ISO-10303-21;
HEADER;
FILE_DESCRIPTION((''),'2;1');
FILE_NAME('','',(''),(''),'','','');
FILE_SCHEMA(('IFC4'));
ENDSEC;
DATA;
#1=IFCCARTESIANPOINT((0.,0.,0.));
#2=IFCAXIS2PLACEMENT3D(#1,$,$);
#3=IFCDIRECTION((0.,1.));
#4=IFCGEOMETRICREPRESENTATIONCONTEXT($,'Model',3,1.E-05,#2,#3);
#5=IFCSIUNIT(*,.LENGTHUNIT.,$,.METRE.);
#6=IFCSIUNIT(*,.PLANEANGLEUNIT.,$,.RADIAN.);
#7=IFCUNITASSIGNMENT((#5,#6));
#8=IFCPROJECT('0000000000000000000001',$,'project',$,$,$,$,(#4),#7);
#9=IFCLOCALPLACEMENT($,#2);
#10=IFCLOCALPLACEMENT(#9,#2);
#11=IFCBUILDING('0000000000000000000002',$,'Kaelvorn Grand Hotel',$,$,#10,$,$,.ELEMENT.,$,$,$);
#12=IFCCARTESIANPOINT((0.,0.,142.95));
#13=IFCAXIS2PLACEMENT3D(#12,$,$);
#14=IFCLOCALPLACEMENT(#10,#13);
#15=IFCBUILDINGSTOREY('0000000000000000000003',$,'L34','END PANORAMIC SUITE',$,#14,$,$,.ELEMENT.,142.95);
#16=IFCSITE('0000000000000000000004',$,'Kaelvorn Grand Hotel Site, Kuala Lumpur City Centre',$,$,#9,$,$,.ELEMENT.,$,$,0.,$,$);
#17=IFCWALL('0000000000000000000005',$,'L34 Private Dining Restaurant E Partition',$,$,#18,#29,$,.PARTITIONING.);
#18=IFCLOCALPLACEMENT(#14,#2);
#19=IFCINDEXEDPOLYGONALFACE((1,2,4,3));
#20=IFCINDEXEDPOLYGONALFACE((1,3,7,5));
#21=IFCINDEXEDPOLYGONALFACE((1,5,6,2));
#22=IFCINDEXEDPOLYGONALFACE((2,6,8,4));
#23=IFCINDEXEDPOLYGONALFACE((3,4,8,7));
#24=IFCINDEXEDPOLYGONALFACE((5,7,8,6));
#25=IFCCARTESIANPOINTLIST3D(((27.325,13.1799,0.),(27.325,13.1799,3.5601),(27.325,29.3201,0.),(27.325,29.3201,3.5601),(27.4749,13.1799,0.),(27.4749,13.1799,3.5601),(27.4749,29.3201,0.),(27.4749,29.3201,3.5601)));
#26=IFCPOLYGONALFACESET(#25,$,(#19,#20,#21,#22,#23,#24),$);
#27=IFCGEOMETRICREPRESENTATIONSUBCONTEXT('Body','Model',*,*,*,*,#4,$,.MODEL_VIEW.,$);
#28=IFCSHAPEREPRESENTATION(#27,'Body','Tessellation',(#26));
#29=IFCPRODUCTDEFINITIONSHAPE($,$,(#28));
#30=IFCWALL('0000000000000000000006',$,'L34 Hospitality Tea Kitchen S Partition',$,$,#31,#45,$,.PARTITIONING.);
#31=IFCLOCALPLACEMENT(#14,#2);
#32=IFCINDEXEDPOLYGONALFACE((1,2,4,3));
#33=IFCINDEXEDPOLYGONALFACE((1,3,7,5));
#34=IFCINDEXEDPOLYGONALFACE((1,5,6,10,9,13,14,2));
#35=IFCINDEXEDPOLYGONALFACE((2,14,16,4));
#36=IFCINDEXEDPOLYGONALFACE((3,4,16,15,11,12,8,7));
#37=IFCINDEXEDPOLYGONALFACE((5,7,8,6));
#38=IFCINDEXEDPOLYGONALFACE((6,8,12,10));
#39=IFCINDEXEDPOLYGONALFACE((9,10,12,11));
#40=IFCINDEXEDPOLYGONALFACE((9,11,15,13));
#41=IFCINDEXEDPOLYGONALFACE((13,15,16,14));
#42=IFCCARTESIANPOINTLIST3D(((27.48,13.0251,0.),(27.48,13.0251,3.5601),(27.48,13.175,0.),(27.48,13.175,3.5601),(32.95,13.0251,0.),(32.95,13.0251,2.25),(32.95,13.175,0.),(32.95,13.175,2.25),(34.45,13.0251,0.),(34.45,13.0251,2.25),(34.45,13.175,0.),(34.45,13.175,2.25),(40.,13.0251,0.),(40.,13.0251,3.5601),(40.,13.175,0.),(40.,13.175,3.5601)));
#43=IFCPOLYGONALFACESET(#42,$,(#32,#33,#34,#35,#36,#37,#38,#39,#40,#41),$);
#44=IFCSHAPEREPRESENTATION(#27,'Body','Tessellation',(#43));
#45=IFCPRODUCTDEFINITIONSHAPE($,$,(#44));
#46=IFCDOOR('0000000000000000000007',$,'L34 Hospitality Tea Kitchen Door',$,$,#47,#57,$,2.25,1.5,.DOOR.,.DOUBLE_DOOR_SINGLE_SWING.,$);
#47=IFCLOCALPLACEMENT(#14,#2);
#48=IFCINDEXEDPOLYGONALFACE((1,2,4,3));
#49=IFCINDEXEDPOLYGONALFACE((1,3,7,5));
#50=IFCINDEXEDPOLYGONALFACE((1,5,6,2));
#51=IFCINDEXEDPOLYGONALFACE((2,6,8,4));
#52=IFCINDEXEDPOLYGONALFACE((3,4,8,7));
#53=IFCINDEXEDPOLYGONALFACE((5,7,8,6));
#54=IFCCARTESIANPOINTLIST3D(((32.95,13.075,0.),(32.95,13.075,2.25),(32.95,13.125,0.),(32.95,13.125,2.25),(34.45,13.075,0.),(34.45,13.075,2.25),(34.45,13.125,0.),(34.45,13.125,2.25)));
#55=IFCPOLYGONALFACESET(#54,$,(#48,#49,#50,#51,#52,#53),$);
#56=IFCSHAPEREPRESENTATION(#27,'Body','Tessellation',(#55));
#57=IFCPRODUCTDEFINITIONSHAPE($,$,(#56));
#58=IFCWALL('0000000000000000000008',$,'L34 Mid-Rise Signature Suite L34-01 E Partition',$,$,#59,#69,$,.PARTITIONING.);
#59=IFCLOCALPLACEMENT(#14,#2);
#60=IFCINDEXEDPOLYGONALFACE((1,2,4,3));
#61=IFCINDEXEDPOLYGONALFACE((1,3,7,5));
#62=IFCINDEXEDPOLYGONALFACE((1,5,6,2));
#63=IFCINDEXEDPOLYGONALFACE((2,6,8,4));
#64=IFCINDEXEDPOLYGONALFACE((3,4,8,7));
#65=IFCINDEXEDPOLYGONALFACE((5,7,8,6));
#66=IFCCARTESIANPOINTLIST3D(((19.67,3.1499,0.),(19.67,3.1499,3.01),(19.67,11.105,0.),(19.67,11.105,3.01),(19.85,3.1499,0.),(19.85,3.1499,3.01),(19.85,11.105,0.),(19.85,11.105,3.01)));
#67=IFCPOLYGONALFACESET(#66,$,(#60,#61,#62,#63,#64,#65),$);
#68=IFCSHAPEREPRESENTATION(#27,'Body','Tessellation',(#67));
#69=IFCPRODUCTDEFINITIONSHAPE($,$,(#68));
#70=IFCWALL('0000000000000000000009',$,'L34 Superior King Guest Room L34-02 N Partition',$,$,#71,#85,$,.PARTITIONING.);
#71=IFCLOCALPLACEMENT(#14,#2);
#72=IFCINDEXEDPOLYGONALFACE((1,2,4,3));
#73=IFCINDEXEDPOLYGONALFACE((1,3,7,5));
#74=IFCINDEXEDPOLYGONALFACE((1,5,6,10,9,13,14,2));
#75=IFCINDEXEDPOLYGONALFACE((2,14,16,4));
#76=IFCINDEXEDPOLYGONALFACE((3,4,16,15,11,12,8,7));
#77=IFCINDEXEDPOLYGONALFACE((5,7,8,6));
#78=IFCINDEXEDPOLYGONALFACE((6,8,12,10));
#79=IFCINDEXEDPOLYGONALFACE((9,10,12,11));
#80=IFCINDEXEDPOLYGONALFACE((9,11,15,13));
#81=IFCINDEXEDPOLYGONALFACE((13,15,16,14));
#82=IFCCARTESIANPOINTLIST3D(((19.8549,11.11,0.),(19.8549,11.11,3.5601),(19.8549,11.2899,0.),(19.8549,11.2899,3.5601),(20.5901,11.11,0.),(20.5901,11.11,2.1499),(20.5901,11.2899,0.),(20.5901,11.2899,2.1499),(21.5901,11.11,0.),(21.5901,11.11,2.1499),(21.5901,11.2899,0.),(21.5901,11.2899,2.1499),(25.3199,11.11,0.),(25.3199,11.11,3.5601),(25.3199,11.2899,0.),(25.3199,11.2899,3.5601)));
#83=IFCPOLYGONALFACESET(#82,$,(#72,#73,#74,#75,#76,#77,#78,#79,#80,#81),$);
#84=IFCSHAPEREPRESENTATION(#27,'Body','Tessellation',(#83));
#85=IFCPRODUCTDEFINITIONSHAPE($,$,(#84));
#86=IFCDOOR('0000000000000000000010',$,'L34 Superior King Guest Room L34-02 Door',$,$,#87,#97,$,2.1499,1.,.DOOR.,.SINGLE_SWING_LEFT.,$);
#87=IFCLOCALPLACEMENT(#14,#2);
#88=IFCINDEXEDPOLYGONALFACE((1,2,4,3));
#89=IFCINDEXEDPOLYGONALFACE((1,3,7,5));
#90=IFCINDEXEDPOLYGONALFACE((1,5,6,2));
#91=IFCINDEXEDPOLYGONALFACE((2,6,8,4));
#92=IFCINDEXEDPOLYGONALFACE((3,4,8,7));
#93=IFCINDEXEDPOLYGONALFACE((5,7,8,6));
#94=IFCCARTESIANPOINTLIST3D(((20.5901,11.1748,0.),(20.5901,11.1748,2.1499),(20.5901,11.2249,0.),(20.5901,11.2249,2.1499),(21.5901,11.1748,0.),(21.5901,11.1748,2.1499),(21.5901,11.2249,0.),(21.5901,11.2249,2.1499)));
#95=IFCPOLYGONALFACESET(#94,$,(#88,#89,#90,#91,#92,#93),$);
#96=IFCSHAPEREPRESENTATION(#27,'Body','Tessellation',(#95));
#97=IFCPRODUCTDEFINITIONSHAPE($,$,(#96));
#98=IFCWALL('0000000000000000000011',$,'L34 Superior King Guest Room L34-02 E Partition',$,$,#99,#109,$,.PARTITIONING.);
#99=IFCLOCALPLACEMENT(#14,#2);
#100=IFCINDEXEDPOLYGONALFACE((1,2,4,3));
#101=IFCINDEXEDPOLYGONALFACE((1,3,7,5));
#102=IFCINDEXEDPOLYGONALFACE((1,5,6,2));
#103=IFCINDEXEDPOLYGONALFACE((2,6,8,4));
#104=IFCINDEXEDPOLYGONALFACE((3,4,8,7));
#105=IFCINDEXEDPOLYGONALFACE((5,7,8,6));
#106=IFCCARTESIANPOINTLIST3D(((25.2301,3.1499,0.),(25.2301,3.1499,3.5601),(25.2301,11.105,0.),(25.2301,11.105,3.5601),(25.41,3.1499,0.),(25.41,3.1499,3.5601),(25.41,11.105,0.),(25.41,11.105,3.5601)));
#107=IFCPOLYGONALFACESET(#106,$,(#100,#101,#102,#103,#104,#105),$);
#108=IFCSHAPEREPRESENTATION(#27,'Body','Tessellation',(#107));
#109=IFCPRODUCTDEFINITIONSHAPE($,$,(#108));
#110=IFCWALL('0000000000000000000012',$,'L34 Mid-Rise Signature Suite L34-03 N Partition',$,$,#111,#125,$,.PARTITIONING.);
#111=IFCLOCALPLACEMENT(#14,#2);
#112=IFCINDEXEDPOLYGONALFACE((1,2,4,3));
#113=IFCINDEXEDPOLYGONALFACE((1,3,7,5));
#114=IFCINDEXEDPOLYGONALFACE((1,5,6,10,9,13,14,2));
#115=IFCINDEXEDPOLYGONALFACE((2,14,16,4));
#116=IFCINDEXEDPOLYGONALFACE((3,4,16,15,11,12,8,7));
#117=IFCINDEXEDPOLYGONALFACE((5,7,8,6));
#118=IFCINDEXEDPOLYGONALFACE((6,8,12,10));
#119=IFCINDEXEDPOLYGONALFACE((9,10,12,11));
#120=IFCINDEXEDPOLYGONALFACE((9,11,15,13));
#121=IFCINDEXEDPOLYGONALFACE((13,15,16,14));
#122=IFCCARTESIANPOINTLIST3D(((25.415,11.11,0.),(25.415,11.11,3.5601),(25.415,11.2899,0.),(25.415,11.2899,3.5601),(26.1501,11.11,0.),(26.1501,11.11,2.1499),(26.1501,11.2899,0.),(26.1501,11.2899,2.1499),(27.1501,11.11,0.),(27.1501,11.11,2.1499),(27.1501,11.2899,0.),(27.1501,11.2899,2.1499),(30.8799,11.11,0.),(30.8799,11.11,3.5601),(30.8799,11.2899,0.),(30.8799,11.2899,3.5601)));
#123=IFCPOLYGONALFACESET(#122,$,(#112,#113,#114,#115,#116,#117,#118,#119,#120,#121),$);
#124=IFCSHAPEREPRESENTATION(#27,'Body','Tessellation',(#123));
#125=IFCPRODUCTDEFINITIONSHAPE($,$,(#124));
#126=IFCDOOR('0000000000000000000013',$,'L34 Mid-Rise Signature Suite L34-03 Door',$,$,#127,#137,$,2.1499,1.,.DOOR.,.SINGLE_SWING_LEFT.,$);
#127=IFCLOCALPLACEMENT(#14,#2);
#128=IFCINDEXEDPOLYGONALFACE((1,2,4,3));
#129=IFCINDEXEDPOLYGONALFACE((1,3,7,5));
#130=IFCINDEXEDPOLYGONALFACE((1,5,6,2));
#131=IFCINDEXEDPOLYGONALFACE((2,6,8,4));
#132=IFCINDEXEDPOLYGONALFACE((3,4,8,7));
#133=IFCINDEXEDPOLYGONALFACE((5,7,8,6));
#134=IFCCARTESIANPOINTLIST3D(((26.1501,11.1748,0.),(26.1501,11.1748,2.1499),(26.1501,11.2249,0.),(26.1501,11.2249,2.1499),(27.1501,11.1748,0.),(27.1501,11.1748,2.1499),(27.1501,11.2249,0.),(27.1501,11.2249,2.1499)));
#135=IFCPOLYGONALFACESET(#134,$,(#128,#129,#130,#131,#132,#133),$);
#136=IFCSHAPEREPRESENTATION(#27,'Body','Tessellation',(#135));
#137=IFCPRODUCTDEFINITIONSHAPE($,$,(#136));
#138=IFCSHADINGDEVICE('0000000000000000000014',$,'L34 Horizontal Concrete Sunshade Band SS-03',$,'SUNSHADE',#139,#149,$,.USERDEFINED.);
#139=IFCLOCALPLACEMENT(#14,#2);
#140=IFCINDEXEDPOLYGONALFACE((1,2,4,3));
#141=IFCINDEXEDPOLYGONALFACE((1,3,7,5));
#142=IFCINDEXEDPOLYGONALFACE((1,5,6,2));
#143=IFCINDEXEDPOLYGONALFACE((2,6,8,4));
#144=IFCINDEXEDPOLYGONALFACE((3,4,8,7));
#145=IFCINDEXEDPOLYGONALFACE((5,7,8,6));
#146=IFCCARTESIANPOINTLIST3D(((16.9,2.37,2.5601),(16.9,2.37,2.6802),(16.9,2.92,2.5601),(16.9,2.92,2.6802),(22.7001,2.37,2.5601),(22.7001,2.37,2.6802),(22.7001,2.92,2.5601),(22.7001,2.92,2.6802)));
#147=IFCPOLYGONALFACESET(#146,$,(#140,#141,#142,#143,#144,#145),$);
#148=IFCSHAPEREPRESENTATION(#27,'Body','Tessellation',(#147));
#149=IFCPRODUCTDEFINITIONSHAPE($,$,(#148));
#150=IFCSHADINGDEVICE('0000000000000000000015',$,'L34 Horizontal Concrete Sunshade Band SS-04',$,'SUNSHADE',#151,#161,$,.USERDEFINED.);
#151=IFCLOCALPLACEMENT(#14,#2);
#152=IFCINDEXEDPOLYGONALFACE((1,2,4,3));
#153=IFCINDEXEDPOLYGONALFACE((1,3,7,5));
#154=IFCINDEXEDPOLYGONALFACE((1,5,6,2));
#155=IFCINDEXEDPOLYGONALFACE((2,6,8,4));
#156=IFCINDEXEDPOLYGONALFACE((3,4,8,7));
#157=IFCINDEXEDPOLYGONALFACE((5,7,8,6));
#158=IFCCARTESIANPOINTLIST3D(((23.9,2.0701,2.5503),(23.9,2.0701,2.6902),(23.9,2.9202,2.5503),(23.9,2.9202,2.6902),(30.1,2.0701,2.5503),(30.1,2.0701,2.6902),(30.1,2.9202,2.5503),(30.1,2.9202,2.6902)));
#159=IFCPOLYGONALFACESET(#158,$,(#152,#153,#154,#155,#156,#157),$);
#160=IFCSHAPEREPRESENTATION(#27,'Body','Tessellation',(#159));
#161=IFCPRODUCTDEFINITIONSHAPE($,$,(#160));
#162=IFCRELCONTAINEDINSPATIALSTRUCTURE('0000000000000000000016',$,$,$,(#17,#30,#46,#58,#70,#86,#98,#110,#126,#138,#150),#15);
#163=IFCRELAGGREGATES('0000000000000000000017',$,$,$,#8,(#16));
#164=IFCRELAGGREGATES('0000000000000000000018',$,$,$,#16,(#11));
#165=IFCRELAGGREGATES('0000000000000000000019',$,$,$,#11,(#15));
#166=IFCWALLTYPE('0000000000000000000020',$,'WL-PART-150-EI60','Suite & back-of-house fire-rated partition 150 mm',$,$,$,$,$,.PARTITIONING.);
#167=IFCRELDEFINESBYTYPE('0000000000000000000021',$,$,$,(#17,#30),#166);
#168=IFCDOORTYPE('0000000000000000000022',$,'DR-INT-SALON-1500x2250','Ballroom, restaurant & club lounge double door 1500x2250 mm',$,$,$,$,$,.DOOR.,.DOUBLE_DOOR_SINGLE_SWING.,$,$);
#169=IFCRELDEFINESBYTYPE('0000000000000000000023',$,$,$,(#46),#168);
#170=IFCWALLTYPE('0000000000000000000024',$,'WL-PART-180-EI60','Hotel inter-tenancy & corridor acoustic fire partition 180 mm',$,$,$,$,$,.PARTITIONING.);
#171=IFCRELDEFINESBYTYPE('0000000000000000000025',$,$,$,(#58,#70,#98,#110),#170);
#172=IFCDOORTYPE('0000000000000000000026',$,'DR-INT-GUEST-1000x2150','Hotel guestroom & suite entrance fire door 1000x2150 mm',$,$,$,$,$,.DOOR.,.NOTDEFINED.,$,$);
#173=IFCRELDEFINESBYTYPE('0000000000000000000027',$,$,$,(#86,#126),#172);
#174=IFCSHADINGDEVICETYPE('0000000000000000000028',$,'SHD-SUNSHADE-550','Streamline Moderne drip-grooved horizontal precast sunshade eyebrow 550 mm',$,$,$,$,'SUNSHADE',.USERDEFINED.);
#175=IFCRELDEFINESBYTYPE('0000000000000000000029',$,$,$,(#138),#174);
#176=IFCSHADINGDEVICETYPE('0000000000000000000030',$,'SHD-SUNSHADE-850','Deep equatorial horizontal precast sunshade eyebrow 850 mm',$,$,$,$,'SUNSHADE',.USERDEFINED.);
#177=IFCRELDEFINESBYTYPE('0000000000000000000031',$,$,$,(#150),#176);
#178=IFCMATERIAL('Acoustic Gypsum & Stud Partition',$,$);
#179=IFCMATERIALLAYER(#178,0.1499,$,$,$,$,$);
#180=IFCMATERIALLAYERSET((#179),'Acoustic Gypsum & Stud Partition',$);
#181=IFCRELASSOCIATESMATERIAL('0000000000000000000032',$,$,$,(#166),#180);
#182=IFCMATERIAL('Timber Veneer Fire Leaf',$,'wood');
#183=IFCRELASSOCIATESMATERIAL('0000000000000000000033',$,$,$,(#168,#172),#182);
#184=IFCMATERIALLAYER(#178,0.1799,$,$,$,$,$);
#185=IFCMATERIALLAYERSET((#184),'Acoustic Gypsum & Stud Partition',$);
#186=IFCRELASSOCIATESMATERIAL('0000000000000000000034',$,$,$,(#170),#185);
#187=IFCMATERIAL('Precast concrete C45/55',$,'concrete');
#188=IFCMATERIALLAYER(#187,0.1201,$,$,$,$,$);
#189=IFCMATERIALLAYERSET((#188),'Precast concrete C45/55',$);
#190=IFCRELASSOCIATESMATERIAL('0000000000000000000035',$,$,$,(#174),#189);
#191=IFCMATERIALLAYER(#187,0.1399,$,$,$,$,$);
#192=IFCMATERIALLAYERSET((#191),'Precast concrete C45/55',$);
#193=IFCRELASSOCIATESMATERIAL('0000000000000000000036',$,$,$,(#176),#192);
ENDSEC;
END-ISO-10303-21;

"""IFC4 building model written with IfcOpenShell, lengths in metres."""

from ifc_helpers import new_model, si_unit, direction, frame, frame_2d, origin, origin_2d, place, context, subcontext, project, spatial, rectangle, extrude, material, layer, layer_set, type_object, element, fill, save


model = new_model("IFC4")

# Units and contexts
model_context = context("Model", 3, precision=1e-05, world=origin(), true_north=direction((0.0, 1.0)))
body_context = subcontext(model_context, "Body", "Model", "MODEL_VIEW")
ifc_project = project(units=[si_unit("LENGTHUNIT", "METRE"), si_unit("PLANEANGLEUNIT", "RADIAN")], contexts=[model_context])

# Site, building, storey
site_placement = place(None, origin())
site = spatial("IfcSite", under=ifc_project, at=site_placement, Name="Kaelvorn Grand Hotel Site, Kuala Lumpur City Centre", CompositionType="ELEMENT", RefElevation=0.0)
building_placement = place(site_placement, origin())
building = spatial("IfcBuilding", under=site, at=building_placement, Name="Kaelvorn Grand Hotel", CompositionType="ELEMENT")
storey_placement = place(building_placement, frame((0.0, 0.0, 142.95)))
storey = spatial("IfcBuildingStorey", under=building, at=storey_placement, Name="L34", Description="END PANORAMIC SUITE", CompositionType="ELEMENT", Elevation=142.95)

# Wall
ifc_material_1 = material(Name="Acoustic Gypsum & Stud Partition")
ifc_layer_1 = layer(ifc_material_1, 0.1499)
ifc_layer_set_1 = layer_set([ifc_layer_1], Name="Acoustic Gypsum & Stud Partition")
wall_type_1 = type_object("IfcWallType", Name="WL-PART-150-EI60", Description="Suite & back-of-house fire-rated partition 150 mm", PredefinedType="PARTITIONING", material=ifc_layer_set_1)
wall_1_placement = place(storey_placement, frame((27.3999, 13.1799, 0.0), z_axis=(0.0, 0.0, 1.0), x_axis=(0.0, 1.0, 0.0)))
element("IfcWall", 1, at=wall_1_placement, inside=storey, type_object=wall_type_1, Name="L34 Private Dining Restaurant E Partition", PredefinedType="PARTITIONING", context=body_context, shape_type="SweptSolid", body=[
    extrude(rectangle(XDim=16.1401, YDim=0.1499, at=frame_2d((8.0701, 0.0))), origin(), (0.0, 0.0, 1.0), 3.5601),
])

# Wall, opening, door
wall_2_placement = place(storey_placement, frame((27.48, 13.1001, 0.0), z_axis=(0.0, 0.0, 1.0), x_axis=(1.0, 0.0, 0.0)))
wall_2 = element("IfcWall", 2, at=wall_2_placement, inside=storey, type_object=wall_type_1, Name="L34 Hospitality Tea Kitchen S Partition", PredefinedType="PARTITIONING", context=body_context, shape_type="SweptSolid", body=[
    extrude(rectangle(XDim=12.52, YDim=0.1499, at=frame_2d((6.26, 0.0))), origin(), (0.0, 0.0, 1.0), 3.5601),
])
opening_1_placement = place(wall_2_placement, frame((5.47, 0.0, 0.0)))
opening_1 = element("IfcOpeningElement", 3, at=opening_1_placement, cuts=wall_2, PredefinedType="OPENING", context=body_context, shape_type="SweptSolid", body=[
    extrude(rectangle(XDim=1.5, YDim=2.25, at=frame_2d((0.75, 1.125))), frame((0.0, 0.085, 0.0), z_axis=(0.0, -1.0, 0.0), x_axis=(1.0, 0.0, 0.0)), (0.0, 0.0, 1.0), 0.1699),
])
ifc_material_2 = material(Name="Timber Veneer Fire Leaf", Category="wood")
door_type_1 = type_object("IfcDoorType", Name="DR-INT-SALON-1500x2250", Description="Ballroom, restaurant & club lounge double door 1500x2250 mm", OperationType="DOUBLE_DOOR_SINGLE_SWING", PredefinedType="DOOR", material=ifc_material_2)
door_1_placement = place(opening_1_placement, origin())
door_1 = element("IfcDoor", 4, at=door_1_placement, inside=storey, type_object=door_type_1, Name="L34 Hospitality Tea Kitchen Door", OperationType="DOUBLE_DOOR_SINGLE_SWING", OverallHeight=2.25, OverallWidth=1.5, PredefinedType="DOOR", context=body_context, shape_type="SweptSolid", body=[
    extrude(rectangle(XDim=1.5, YDim=2.25, at=frame_2d((0.75, 1.125))), frame((0.0, 0.0249, 0.0), z_axis=(0.0, -1.0, 0.0), x_axis=(1.0, 0.0, 0.0)), (0.0, 0.0, 1.0), 0.05),
])
fill(opening_1, door_1)

# Wall
ifc_layer_2 = layer(ifc_material_1, 0.1799)
ifc_layer_set_2 = layer_set([ifc_layer_2], Name="Acoustic Gypsum & Stud Partition")
wall_type_2 = type_object("IfcWallType", Name="WL-PART-180-EI60", Description="Hotel inter-tenancy & corridor acoustic fire partition 180 mm", PredefinedType="PARTITIONING", material=ifc_layer_set_2)
wall_3_placement = place(storey_placement, frame((19.76, 3.1499, 0.0), z_axis=(0.0, 0.0, 1.0), x_axis=(0.0, 1.0, 0.0)))
element("IfcWall", 5, at=wall_3_placement, inside=storey, type_object=wall_type_2, Name="L34 Mid-Rise Signature Suite L34-01 E Partition", PredefinedType="PARTITIONING", context=body_context, shape_type="SweptSolid", body=[
    extrude(rectangle(XDim=7.9551, YDim=0.1799, at=frame_2d((3.9775, 0.0))), origin(), (0.0, 0.0, 1.0), 3.01),
])

# Wall, opening, door
wall_4_placement = place(storey_placement, frame((19.855, 11.2, 0.0), z_axis=(0.0, 0.0, 1.0), x_axis=(1.0, 0.0, 0.0)))
wall_4 = element("IfcWall", 6, at=wall_4_placement, inside=storey, type_object=wall_type_2, Name="L34 Superior King Guest Room L34-02 N Partition", PredefinedType="PARTITIONING", context=body_context, shape_type="SweptSolid", body=[
    extrude(rectangle(XDim=5.4651, YDim=0.1799, at=frame_2d((2.7324, 0.0))), origin(), (0.0, 0.0, 1.0), 3.5601),
])
opening_2_placement = place(wall_4_placement, frame((0.7351, 0.0, 0.0)))
opening_2 = element("IfcOpeningElement", 7, at=opening_2_placement, cuts=wall_4, PredefinedType="OPENING", context=body_context, shape_type="SweptSolid", body=[
    extrude(rectangle(XDim=1.0, YDim=2.1499, at=frame_2d((0.5, 1.075))), frame((0.0, 0.1001, 0.0), z_axis=(0.0, -1.0, 0.0), x_axis=(1.0, 0.0, 0.0)), (0.0, 0.0, 1.0), 0.2),
])
door_type_2 = type_object("IfcDoorType", Name="DR-INT-GUEST-1000x2150", Description="Hotel guestroom & suite entrance fire door 1000x2150 mm", OperationType="NOTDEFINED", PredefinedType="DOOR", material=ifc_material_2)
door_2_placement = place(opening_2_placement, origin())
door_2 = element("IfcDoor", 8, at=door_2_placement, inside=storey, type_object=door_type_2, Name="L34 Superior King Guest Room L34-02 Door", OperationType="SINGLE_SWING_LEFT", OverallHeight=2.1499, OverallWidth=1.0, PredefinedType="DOOR", context=body_context, shape_type="SweptSolid", body=[
    extrude(rectangle(XDim=1.0, YDim=2.1499, at=frame_2d((0.5, 1.075))), frame((0.0, 0.0249, 0.0), z_axis=(0.0, -1.0, 0.0), x_axis=(1.0, 0.0, 0.0)), (0.0, 0.0, 1.0), 0.05),
])
fill(opening_2, door_2)

# Wall
wall_5_placement = place(storey_placement, frame((25.3201, 3.1499, 0.0), z_axis=(0.0, 0.0, 1.0), x_axis=(0.0, 1.0, 0.0)))
element("IfcWall", 9, at=wall_5_placement, inside=storey, type_object=wall_type_2, Name="L34 Superior King Guest Room L34-02 E Partition", PredefinedType="PARTITIONING", context=body_context, shape_type="SweptSolid", body=[
    extrude(rectangle(XDim=7.9551, YDim=0.1799, at=frame_2d((3.9775, 0.0))), origin(), (0.0, 0.0, 1.0), 3.5601),
])

# Wall, opening, door
wall_6_placement = place(storey_placement, frame((25.415, 11.2, 0.0), z_axis=(0.0, 0.0, 1.0), x_axis=(1.0, 0.0, 0.0)))
wall_6 = element("IfcWall", 10, at=wall_6_placement, inside=storey, type_object=wall_type_2, Name="L34 Mid-Rise Signature Suite L34-03 N Partition", PredefinedType="PARTITIONING", context=body_context, shape_type="SweptSolid", body=[
    extrude(rectangle(XDim=5.4648, YDim=0.1799, at=frame_2d((2.7324, 0.0))), origin(), (0.0, 0.0, 1.0), 3.5601),
])
opening_3_placement = place(wall_6_placement, frame((0.7351, 0.0, 0.0)))
opening_3 = element("IfcOpeningElement", 11, at=opening_3_placement, cuts=wall_6, PredefinedType="OPENING", context=body_context, shape_type="SweptSolid", body=[
    extrude(rectangle(XDim=1.0, YDim=2.1499, at=frame_2d((0.5, 1.075))), frame((0.0, 0.1001, 0.0), z_axis=(0.0, -1.0, 0.0), x_axis=(1.0, 0.0, 0.0)), (0.0, 0.0, 1.0), 0.2),
])
door_3_placement = place(opening_3_placement, origin())
door_3 = element("IfcDoor", 12, at=door_3_placement, inside=storey, type_object=door_type_2, Name="L34 Mid-Rise Signature Suite L34-03 Door", OperationType="SINGLE_SWING_LEFT", OverallHeight=2.1499, OverallWidth=1.0, PredefinedType="DOOR", context=body_context, shape_type="SweptSolid", body=[
    extrude(rectangle(XDim=1.0, YDim=2.1499, at=frame_2d((0.5, 1.075))), frame((0.0, 0.0249, 0.0), z_axis=(0.0, -1.0, 0.0), x_axis=(1.0, 0.0, 0.0)), (0.0, 0.0, 1.0), 0.05),
])
fill(opening_3, door_3)

# Shading devices
ifc_material_3 = material(Name="Precast concrete C45/55", Category="concrete")
ifc_layer_3 = layer(ifc_material_3, 0.1201)
ifc_layer_set_3 = layer_set([ifc_layer_3], Name="Precast concrete C45/55")
shading_device_type_1 = type_object("IfcShadingDeviceType", Name="SHD-SUNSHADE-550", Description="Streamline Moderne drip-grooved horizontal precast sunshade eyebrow 550 mm", ElementType="SUNSHADE", PredefinedType="USERDEFINED", material=ifc_layer_set_3)
shading_device_1_placement = place(storey_placement, frame((19.8, 2.645, 2.5601), z_axis=(0.0, 0.0, 1.0), x_axis=(1.0, 0.0, 0.0)))
element("IfcShadingDevice", 13, at=shading_device_1_placement, inside=storey, type_object=shading_device_type_1, Name="L34 Horizontal Concrete Sunshade Band SS-03", ObjectType="SUNSHADE", PredefinedType="USERDEFINED", context=body_context, shape_type="SweptSolid", body=[
    extrude(rectangle(XDim=5.8, YDim=0.55, at=origin_2d()), origin(), (0.0, 0.0, 1.0), 0.1201),
])
ifc_layer_4 = layer(ifc_material_3, 0.1399)
ifc_layer_set_4 = layer_set([ifc_layer_4], Name="Precast concrete C45/55")
shading_device_type_2 = type_object("IfcShadingDeviceType", Name="SHD-SUNSHADE-850", Description="Deep equatorial horizontal precast sunshade eyebrow 850 mm", ElementType="SUNSHADE", PredefinedType="USERDEFINED", material=ifc_layer_set_4)
shading_device_2_placement = place(storey_placement, frame((27.0, 2.4951, 2.5503), z_axis=(0.0, 0.0, 1.0), x_axis=(1.0, 0.0, 0.0)))
element("IfcShadingDevice", 14, at=shading_device_2_placement, inside=storey, type_object=shading_device_type_2, Name="L34 Horizontal Concrete Sunshade Band SS-04", ObjectType="SUNSHADE", PredefinedType="USERDEFINED", context=body_context, shape_type="SweptSolid", body=[
    extrude(rectangle(XDim=6.2, YDim=0.8501, at=origin_2d()), origin(), (0.0, 0.0, 1.0), 0.1399),
])

save(model, "model.ifc")
